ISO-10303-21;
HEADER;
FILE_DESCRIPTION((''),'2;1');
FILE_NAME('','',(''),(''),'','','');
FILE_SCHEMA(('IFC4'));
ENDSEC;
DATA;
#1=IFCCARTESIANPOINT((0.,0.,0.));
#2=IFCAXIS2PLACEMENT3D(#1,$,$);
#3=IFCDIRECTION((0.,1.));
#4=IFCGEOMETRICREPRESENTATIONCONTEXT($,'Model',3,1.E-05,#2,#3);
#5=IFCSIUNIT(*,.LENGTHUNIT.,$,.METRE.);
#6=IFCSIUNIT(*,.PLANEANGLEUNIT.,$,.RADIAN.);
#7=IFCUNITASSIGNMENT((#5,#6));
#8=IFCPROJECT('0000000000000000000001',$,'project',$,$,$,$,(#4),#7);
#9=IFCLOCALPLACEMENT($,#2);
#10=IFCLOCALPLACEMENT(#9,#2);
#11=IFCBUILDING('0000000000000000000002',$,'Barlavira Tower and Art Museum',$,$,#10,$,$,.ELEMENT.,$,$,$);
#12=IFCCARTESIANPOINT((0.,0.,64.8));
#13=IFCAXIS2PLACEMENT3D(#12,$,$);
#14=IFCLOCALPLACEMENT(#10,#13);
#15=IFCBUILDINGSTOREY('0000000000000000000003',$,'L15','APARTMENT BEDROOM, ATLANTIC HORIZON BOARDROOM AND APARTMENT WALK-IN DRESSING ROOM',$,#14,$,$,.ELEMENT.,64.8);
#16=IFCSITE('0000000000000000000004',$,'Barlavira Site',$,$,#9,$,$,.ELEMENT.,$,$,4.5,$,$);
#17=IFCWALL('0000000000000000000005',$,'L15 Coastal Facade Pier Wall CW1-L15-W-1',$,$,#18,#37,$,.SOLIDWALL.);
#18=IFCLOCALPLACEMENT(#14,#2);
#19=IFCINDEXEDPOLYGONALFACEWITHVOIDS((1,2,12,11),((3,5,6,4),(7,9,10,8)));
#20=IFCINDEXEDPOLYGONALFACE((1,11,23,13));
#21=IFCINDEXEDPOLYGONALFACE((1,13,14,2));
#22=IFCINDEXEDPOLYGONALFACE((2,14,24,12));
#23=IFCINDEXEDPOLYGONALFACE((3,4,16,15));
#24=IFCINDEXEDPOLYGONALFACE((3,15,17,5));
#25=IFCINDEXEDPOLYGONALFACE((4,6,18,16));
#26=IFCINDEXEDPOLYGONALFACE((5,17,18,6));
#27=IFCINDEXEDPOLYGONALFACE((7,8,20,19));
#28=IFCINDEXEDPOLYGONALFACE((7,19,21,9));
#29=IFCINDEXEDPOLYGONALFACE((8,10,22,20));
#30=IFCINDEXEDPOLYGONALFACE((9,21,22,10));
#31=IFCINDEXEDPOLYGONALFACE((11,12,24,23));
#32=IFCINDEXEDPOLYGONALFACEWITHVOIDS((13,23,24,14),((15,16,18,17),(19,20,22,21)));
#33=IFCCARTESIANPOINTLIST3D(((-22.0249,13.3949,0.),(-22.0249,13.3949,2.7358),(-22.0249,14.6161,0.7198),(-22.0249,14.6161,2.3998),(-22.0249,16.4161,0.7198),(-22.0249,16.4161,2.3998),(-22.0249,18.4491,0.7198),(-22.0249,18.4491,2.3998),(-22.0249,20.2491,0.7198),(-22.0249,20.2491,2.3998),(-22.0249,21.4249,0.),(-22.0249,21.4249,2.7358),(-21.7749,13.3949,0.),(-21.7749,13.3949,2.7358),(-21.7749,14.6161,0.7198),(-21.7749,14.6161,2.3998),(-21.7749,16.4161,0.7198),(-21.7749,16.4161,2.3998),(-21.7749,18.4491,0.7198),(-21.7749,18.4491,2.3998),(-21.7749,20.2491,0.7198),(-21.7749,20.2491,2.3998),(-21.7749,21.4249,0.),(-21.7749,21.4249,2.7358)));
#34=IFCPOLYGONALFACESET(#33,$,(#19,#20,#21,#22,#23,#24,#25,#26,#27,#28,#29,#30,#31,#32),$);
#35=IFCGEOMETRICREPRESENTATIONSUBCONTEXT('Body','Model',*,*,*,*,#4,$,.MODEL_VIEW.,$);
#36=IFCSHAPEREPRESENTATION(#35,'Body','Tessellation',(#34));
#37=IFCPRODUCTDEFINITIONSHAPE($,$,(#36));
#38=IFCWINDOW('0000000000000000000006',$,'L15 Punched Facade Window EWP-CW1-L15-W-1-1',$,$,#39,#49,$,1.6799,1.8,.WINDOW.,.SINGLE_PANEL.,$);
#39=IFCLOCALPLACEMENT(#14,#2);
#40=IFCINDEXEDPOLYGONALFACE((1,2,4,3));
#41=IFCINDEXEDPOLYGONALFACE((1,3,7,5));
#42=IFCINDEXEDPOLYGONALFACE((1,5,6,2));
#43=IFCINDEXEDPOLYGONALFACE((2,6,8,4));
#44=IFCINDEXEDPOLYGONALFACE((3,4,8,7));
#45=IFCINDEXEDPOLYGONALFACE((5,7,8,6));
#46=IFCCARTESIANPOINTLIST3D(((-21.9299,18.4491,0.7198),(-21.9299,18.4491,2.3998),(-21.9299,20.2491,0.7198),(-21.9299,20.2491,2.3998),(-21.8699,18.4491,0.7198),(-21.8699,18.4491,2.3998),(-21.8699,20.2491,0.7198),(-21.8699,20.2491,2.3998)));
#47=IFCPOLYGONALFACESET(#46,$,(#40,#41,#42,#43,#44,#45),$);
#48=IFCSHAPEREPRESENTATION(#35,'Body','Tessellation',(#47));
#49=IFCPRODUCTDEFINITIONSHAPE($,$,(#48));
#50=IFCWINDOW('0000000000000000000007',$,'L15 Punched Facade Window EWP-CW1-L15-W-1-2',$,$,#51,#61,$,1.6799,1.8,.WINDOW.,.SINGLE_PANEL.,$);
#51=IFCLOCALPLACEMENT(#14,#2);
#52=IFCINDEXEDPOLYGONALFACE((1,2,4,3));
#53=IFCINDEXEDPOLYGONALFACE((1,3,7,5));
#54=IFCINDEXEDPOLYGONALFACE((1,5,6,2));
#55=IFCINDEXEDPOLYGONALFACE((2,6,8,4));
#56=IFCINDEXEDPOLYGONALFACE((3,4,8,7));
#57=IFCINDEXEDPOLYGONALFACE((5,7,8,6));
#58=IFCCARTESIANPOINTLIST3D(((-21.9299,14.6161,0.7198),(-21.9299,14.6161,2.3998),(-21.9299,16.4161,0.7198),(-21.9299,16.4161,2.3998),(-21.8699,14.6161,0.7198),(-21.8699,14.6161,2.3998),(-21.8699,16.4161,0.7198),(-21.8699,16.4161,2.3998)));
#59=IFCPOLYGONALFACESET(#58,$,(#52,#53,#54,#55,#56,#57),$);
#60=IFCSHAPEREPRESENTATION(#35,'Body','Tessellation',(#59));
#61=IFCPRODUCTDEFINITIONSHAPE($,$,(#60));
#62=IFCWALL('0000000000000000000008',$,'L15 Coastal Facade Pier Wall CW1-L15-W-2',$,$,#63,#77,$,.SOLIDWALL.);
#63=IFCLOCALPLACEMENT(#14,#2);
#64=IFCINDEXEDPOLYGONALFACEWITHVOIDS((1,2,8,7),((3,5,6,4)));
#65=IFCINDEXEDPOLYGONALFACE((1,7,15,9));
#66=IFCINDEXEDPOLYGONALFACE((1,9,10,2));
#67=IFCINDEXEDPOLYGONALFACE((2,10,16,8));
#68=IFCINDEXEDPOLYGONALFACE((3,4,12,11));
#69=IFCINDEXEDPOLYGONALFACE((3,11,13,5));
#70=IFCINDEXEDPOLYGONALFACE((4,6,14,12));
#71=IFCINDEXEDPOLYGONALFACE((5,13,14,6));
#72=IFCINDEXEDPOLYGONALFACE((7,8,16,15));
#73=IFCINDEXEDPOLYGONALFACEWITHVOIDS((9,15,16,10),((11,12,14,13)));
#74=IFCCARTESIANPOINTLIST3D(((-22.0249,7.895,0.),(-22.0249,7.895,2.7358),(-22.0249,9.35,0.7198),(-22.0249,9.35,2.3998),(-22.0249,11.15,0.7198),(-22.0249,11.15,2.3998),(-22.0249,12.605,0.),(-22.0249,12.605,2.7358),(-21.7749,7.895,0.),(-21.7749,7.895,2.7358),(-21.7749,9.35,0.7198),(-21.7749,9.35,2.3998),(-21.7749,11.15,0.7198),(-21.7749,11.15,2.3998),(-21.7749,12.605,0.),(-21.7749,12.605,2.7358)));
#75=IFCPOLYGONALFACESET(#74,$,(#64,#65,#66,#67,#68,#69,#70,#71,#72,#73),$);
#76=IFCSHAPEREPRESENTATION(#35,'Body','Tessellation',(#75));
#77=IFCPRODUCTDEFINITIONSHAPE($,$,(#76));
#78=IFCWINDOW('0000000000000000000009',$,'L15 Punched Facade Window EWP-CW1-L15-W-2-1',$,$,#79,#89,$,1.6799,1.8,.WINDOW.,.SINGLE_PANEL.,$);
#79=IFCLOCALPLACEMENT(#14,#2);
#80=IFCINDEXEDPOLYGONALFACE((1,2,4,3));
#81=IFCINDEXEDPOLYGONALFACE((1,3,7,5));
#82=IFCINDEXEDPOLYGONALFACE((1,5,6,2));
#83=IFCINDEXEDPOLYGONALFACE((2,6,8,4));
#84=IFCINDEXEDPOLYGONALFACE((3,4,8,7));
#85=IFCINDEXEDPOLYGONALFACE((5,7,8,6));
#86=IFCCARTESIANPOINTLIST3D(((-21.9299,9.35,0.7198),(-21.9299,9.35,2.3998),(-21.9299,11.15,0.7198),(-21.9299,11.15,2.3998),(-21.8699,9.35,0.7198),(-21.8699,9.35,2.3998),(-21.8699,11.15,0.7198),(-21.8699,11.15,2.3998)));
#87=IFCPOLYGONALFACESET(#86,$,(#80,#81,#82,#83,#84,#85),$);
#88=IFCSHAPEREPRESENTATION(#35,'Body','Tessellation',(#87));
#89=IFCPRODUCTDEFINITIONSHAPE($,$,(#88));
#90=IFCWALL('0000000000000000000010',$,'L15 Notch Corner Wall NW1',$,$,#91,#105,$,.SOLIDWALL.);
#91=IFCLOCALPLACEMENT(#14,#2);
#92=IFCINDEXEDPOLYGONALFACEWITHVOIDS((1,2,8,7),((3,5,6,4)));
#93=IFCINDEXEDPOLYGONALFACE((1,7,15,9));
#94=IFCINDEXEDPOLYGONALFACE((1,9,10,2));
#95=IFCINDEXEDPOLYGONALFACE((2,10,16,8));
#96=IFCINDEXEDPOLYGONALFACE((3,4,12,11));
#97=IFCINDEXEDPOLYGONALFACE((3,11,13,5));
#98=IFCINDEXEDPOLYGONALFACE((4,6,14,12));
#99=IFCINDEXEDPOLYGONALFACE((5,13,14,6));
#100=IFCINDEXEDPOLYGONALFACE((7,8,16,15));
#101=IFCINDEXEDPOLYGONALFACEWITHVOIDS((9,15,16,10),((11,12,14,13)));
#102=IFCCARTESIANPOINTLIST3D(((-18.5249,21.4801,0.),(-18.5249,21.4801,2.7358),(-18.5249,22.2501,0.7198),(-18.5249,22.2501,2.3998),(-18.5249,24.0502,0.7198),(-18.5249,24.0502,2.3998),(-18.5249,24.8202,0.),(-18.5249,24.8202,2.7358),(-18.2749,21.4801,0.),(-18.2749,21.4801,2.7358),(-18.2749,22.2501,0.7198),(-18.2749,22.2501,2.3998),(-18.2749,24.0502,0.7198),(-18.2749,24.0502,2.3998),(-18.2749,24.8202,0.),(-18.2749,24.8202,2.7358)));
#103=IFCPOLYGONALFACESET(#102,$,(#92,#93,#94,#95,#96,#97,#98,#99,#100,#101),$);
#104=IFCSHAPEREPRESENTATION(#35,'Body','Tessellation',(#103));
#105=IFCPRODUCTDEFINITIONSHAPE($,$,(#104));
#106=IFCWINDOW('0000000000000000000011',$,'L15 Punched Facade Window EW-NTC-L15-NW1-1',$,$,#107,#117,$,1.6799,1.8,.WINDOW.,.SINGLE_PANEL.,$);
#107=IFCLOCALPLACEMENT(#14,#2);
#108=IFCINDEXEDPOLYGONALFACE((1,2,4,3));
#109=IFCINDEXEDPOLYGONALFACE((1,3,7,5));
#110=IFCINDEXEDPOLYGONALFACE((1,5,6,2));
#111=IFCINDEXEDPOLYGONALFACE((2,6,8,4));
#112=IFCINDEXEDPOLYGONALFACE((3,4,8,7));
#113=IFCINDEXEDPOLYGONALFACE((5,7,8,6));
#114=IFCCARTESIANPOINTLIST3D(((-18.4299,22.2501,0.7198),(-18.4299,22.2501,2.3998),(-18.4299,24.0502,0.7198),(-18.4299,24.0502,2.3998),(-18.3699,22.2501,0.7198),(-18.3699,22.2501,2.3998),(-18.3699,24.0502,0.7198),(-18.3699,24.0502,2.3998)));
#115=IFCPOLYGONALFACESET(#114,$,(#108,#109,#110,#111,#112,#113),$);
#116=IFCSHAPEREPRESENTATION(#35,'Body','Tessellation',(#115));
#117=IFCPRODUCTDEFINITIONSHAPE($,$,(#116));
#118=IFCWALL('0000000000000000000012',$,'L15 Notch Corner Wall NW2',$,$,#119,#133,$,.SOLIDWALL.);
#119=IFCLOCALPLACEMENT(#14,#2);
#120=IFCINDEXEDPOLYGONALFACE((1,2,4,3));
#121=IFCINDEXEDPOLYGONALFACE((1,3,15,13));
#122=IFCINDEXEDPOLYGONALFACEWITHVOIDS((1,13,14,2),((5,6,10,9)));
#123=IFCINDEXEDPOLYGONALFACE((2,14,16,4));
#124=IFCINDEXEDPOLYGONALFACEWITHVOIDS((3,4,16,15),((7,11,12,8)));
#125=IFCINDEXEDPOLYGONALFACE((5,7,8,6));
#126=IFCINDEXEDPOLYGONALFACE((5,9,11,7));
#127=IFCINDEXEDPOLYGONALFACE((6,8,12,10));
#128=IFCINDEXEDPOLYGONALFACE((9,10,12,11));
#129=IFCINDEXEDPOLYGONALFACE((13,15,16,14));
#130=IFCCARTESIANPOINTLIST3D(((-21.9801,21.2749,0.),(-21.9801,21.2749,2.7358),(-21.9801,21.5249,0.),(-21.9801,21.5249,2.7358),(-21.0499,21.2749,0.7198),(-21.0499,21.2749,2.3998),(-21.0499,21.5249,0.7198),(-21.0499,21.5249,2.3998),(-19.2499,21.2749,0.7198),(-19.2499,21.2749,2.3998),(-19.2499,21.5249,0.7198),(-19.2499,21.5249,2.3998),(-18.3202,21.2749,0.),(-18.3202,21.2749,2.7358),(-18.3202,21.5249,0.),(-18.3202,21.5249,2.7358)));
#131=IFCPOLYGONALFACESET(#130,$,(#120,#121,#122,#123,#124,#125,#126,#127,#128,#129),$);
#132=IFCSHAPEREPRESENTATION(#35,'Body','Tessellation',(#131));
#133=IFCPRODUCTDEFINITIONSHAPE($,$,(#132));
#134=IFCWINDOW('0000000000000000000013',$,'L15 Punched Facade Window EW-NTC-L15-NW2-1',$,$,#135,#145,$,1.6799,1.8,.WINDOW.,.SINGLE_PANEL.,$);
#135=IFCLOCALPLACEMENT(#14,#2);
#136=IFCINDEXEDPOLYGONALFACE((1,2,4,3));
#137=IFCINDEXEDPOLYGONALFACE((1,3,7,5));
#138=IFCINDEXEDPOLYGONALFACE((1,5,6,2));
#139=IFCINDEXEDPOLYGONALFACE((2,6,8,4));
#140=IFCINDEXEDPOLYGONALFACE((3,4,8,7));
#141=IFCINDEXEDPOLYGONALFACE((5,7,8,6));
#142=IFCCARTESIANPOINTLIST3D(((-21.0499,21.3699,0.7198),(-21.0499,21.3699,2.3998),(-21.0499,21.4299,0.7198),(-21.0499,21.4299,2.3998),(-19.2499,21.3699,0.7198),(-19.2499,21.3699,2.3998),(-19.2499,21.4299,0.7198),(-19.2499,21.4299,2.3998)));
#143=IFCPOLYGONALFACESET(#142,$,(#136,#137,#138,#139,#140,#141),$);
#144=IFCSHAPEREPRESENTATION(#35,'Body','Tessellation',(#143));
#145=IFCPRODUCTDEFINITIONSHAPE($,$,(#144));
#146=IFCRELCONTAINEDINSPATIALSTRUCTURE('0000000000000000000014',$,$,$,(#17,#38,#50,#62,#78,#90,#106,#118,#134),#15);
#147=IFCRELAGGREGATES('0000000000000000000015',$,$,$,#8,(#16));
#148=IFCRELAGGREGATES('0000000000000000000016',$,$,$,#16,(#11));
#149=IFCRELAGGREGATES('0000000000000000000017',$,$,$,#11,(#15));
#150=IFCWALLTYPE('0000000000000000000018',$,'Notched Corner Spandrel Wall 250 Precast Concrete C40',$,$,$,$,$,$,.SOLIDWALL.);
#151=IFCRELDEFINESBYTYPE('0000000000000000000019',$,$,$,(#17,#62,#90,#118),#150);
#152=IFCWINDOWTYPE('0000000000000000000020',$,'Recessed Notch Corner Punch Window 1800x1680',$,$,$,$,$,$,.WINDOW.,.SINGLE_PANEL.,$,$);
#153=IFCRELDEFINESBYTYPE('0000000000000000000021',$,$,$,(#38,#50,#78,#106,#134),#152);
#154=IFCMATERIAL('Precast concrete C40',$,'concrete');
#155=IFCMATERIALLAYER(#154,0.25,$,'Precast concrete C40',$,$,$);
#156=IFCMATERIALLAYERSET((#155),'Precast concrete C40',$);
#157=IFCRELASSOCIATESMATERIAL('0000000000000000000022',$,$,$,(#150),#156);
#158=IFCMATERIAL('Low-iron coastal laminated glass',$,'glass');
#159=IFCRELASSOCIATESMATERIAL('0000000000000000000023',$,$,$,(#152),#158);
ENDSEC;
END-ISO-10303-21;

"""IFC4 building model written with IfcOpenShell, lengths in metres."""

from ifc_helpers import new_model, si_unit, direction, frame, frame_2d, origin, place, context, subcontext, project, spatial, rectangle, extrude, material, layer, layer_set, type_object, element, fill, save


model = new_model("IFC4")

# Units and contexts
model_context = context("Model", 3, precision=1e-05, world=origin(), true_north=direction((0.0, 1.0)))
body_context = subcontext(model_context, "Body", "Model", "MODEL_VIEW")
ifc_project = project(units=[si_unit("LENGTHUNIT", "METRE"), si_unit("PLANEANGLEUNIT", "RADIAN")], contexts=[model_context])

# Site, building, storey
site_placement = place(None, origin())
site = spatial("IfcSite", under=ifc_project, at=site_placement, Name="Barlavira Site", CompositionType="ELEMENT", RefElevation=4.5)
building_placement = place(site_placement, origin())
building = spatial("IfcBuilding", under=site, at=building_placement, Name="Barlavira Tower and Art Museum", CompositionType="ELEMENT")
storey_placement = place(building_placement, frame((0.0, 0.0, 64.8)))
storey = spatial("IfcBuildingStorey", under=building, at=storey_placement, Name="L15", Description="APARTMENT BEDROOM, ATLANTIC HORIZON BOARDROOM AND APARTMENT WALK-IN DRESSING ROOM", CompositionType="ELEMENT", Elevation=64.8)

# Wall, openings, windows
ifc_material_1 = material(Name="Precast concrete C40", Category="concrete")
ifc_layer_1 = layer(ifc_material_1, 0.25, Name="Precast concrete C40")
ifc_layer_set_1 = layer_set([ifc_layer_1], Name="Precast concrete C40")
wall_type_1 = type_object("IfcWallType", Name="Notched Corner Spandrel Wall 250 Precast Concrete C40", PredefinedType="SOLIDWALL", material=ifc_layer_set_1)
ifc_material_2 = material(Name="Low-iron coastal laminated glass", Category="glass")
window_type_1 = type_object("IfcWindowType", Name="Recessed Notch Corner Punch Window 1800x1680", PartitioningType="SINGLE_PANEL", PredefinedType="WINDOW", material=ifc_material_2)
wall_1_placement = place(storey_placement, frame((-21.8999, 21.425, 0.0), z_axis=(0.0, 0.0, 1.0), x_axis=(0.0, -1.0, 0.0)))
wall_1 = element("IfcWall", 1, at=wall_1_placement, inside=storey, type_object=wall_type_1, Name="L15 Coastal Facade Pier Wall CW1-L15-W-1", PredefinedType="SOLIDWALL", context=body_context, shape_type="SweptSolid", body=[
    extrude(rectangle(XDim=8.03, YDim=0.25, at=frame_2d((4.0151, 0.0))), origin(), (0.0, 0.0, 1.0), 2.7358),
])
opening_1_placement = place(wall_1_placement, frame((1.176, 0.0, 0.72)))
opening_1 = element("IfcOpeningElement", 2, at=opening_1_placement, cuts=wall_1, PredefinedType="OPENING", context=body_context, shape_type="SweptSolid", body=[
    extrude(rectangle(XDim=1.8, YDim=1.6799, at=frame_2d((0.8999, 0.8398))), frame((0.0, 0.135, 0.0), z_axis=(0.0, -1.0, 0.0), x_axis=(1.0, 0.0, 0.0)), (0.0, 0.0, 1.0), 0.27),
])
opening_2_placement = place(wall_1_placement, frame((5.009, 0.0, 0.72)))
opening_2 = element("IfcOpeningElement", 3, at=opening_2_placement, cuts=wall_1, PredefinedType="OPENING", context=body_context, shape_type="SweptSolid", body=[
    extrude(rectangle(XDim=1.8, YDim=1.6799, at=frame_2d((0.8999, 0.8398))), frame((0.0, 0.135, 0.0), z_axis=(0.0, -1.0, 0.0), x_axis=(1.0, 0.0, 0.0)), (0.0, 0.0, 1.0), 0.27),
])
window_1_placement = place(opening_1_placement, origin())
window_1 = element("IfcWindow", 4, at=window_1_placement, inside=storey, type_object=window_type_1, Name="L15 Punched Facade Window EWP-CW1-L15-W-1-1", OverallHeight=1.6799, OverallWidth=1.8, PartitioningType="SINGLE_PANEL", PredefinedType="WINDOW", context=body_context, shape_type="SweptSolid", body=[
    extrude(rectangle(XDim=1.8, YDim=1.6799, at=frame_2d((0.8999, 0.8398))), frame((0.0, 0.03, 0.0), z_axis=(0.0, -1.0, 0.0), x_axis=(1.0, 0.0, 0.0)), (0.0, 0.0, 1.0), 0.0601),
])
fill(opening_1, window_1)
window_2_placement = place(opening_2_placement, origin())
window_2 = element("IfcWindow", 5, at=window_2_placement, inside=storey, type_object=window_type_1, Name="L15 Punched Facade Window EWP-CW1-L15-W-1-2", OverallHeight=1.6799, OverallWidth=1.8, PartitioningType="SINGLE_PANEL", PredefinedType="WINDOW", context=body_context, shape_type="SweptSolid", body=[
    extrude(rectangle(XDim=1.8, YDim=1.6799, at=frame_2d((0.8999, 0.8398))), frame((0.0, 0.03, 0.0), z_axis=(0.0, -1.0, 0.0), x_axis=(1.0, 0.0, 0.0)), (0.0, 0.0, 1.0), 0.0601),
])
fill(opening_2, window_2)

# Walls, openings, windows
wall_2_placement = place(storey_placement, frame((-21.8999, 12.605, 0.0), z_axis=(0.0, 0.0, 1.0), x_axis=(0.0, -1.0, 0.0)))
wall_2 = element("IfcWall", 6, at=wall_2_placement, inside=storey, type_object=wall_type_1, Name="L15 Coastal Facade Pier Wall CW1-L15-W-2", PredefinedType="SOLIDWALL", context=body_context, shape_type="SweptSolid", body=[
    extrude(rectangle(XDim=4.71, YDim=0.25, at=frame_2d((2.355, 0.0))), origin(), (0.0, 0.0, 1.0), 2.7358),
])
opening_3_placement = place(wall_2_placement, frame((1.4551, 0.0, 0.72)))
opening_3 = element("IfcOpeningElement", 7, at=opening_3_placement, cuts=wall_2, PredefinedType="OPENING", context=body_context, shape_type="SweptSolid", body=[
    extrude(rectangle(XDim=1.8, YDim=1.6799, at=frame_2d((0.8999, 0.8398))), frame((0.0, 0.135, 0.0), z_axis=(0.0, -1.0, 0.0), x_axis=(1.0, 0.0, 0.0)), (0.0, 0.0, 1.0), 0.27),
])
window_3_placement = place(opening_3_placement, origin())
window_3 = element("IfcWindow", 8, at=window_3_placement, inside=storey, type_object=window_type_1, Name="L15 Punched Facade Window EWP-CW1-L15-W-2-1", OverallHeight=1.6799, OverallWidth=1.8, PartitioningType="SINGLE_PANEL", PredefinedType="WINDOW", context=body_context, shape_type="SweptSolid", body=[
    extrude(rectangle(XDim=1.8, YDim=1.6799, at=frame_2d((0.8999, 0.8398))), frame((0.0, 0.03, 0.0), z_axis=(0.0, -1.0, 0.0), x_axis=(1.0, 0.0, 0.0)), (0.0, 0.0, 1.0), 0.0601),
])
fill(opening_3, window_3)
wall_3_placement = place(storey_placement, frame((-18.3999, 24.8201, 0.0), z_axis=(0.0, 0.0, 1.0), x_axis=(0.0, -1.0, 0.0)))
wall_3 = element("IfcWall", 9, at=wall_3_placement, inside=storey, type_object=wall_type_1, Name="L15 Notch Corner Wall NW1", PredefinedType="SOLIDWALL", context=body_context, shape_type="SweptSolid", body=[
    extrude(rectangle(XDim=3.3401, YDim=0.25, at=frame_2d((1.6699, 0.0))), origin(), (0.0, 0.0, 1.0), 2.7358),
])
opening_4_placement = place(wall_3_placement, frame((0.77, 0.0, 0.72)))
opening_4 = element("IfcOpeningElement", 10, at=opening_4_placement, cuts=wall_3, PredefinedType="OPENING", context=body_context, shape_type="SweptSolid", body=[
    extrude(rectangle(XDim=1.8, YDim=1.6799, at=frame_2d((0.8999, 0.8398))), frame((0.0, 0.135, 0.0), z_axis=(0.0, -1.0, 0.0), x_axis=(1.0, 0.0, 0.0)), (0.0, 0.0, 1.0), 0.27),
])
window_4_placement = place(opening_4_placement, origin())
window_4 = element("IfcWindow", 11, at=window_4_placement, inside=storey, type_object=window_type_1, Name="L15 Punched Facade Window EW-NTC-L15-NW1-1", OverallHeight=1.6799, OverallWidth=1.8, PartitioningType="SINGLE_PANEL", PredefinedType="WINDOW", context=body_context, shape_type="SweptSolid", body=[
    extrude(rectangle(XDim=1.8, YDim=1.6799, at=frame_2d((0.8999, 0.8398))), frame((0.0, 0.03, 0.0), z_axis=(0.0, -1.0, 0.0), x_axis=(1.0, 0.0, 0.0)), (0.0, 0.0, 1.0), 0.0601),
])
fill(opening_4, window_4)
wall_4_placement = place(storey_placement, frame((-18.3201, 21.3999, 0.0), z_axis=(0.0, 0.0, 1.0), x_axis=(-1.0, 0.0, 0.0)))
wall_4 = element("IfcWall", 12, at=wall_4_placement, inside=storey, type_object=wall_type_1, Name="L15 Notch Corner Wall NW2", PredefinedType="SOLIDWALL", context=body_context, shape_type="SweptSolid", body=[
    extrude(rectangle(XDim=3.6599, YDim=0.25, at=frame_2d((1.8301, 0.0))), origin(), (0.0, 0.0, 1.0), 2.7358),
])
opening_5_placement = place(wall_4_placement, frame((0.9299, 0.0, 0.72)))
opening_5 = element("IfcOpeningElement", 13, at=opening_5_placement, cuts=wall_4, PredefinedType="OPENING", context=body_context, shape_type="SweptSolid", body=[
    extrude(rectangle(XDim=1.8, YDim=1.6799, at=frame_2d((0.8999, 0.8398))), frame((0.0, 0.135, 0.0), z_axis=(0.0, -1.0, 0.0), x_axis=(1.0, 0.0, 0.0)), (0.0, 0.0, 1.0), 0.27),
])
window_5_placement = place(opening_5_placement, origin())
window_5 = element("IfcWindow", 14, at=window_5_placement, inside=storey, type_object=window_type_1, Name="L15 Punched Facade Window EW-NTC-L15-NW2-1", OverallHeight=1.6799, OverallWidth=1.8, PartitioningType="SINGLE_PANEL", PredefinedType="WINDOW", context=body_context, shape_type="SweptSolid", body=[
    extrude(rectangle(XDim=1.8, YDim=1.6799, at=frame_2d((0.8999, 0.8398))), frame((0.0, 0.03, 0.0), z_axis=(0.0, -1.0, 0.0), x_axis=(1.0, 0.0, 0.0)), (0.0, 0.0, 1.0), 0.0601),
])
fill(opening_5, window_5)

save(model, "model.ifc")
